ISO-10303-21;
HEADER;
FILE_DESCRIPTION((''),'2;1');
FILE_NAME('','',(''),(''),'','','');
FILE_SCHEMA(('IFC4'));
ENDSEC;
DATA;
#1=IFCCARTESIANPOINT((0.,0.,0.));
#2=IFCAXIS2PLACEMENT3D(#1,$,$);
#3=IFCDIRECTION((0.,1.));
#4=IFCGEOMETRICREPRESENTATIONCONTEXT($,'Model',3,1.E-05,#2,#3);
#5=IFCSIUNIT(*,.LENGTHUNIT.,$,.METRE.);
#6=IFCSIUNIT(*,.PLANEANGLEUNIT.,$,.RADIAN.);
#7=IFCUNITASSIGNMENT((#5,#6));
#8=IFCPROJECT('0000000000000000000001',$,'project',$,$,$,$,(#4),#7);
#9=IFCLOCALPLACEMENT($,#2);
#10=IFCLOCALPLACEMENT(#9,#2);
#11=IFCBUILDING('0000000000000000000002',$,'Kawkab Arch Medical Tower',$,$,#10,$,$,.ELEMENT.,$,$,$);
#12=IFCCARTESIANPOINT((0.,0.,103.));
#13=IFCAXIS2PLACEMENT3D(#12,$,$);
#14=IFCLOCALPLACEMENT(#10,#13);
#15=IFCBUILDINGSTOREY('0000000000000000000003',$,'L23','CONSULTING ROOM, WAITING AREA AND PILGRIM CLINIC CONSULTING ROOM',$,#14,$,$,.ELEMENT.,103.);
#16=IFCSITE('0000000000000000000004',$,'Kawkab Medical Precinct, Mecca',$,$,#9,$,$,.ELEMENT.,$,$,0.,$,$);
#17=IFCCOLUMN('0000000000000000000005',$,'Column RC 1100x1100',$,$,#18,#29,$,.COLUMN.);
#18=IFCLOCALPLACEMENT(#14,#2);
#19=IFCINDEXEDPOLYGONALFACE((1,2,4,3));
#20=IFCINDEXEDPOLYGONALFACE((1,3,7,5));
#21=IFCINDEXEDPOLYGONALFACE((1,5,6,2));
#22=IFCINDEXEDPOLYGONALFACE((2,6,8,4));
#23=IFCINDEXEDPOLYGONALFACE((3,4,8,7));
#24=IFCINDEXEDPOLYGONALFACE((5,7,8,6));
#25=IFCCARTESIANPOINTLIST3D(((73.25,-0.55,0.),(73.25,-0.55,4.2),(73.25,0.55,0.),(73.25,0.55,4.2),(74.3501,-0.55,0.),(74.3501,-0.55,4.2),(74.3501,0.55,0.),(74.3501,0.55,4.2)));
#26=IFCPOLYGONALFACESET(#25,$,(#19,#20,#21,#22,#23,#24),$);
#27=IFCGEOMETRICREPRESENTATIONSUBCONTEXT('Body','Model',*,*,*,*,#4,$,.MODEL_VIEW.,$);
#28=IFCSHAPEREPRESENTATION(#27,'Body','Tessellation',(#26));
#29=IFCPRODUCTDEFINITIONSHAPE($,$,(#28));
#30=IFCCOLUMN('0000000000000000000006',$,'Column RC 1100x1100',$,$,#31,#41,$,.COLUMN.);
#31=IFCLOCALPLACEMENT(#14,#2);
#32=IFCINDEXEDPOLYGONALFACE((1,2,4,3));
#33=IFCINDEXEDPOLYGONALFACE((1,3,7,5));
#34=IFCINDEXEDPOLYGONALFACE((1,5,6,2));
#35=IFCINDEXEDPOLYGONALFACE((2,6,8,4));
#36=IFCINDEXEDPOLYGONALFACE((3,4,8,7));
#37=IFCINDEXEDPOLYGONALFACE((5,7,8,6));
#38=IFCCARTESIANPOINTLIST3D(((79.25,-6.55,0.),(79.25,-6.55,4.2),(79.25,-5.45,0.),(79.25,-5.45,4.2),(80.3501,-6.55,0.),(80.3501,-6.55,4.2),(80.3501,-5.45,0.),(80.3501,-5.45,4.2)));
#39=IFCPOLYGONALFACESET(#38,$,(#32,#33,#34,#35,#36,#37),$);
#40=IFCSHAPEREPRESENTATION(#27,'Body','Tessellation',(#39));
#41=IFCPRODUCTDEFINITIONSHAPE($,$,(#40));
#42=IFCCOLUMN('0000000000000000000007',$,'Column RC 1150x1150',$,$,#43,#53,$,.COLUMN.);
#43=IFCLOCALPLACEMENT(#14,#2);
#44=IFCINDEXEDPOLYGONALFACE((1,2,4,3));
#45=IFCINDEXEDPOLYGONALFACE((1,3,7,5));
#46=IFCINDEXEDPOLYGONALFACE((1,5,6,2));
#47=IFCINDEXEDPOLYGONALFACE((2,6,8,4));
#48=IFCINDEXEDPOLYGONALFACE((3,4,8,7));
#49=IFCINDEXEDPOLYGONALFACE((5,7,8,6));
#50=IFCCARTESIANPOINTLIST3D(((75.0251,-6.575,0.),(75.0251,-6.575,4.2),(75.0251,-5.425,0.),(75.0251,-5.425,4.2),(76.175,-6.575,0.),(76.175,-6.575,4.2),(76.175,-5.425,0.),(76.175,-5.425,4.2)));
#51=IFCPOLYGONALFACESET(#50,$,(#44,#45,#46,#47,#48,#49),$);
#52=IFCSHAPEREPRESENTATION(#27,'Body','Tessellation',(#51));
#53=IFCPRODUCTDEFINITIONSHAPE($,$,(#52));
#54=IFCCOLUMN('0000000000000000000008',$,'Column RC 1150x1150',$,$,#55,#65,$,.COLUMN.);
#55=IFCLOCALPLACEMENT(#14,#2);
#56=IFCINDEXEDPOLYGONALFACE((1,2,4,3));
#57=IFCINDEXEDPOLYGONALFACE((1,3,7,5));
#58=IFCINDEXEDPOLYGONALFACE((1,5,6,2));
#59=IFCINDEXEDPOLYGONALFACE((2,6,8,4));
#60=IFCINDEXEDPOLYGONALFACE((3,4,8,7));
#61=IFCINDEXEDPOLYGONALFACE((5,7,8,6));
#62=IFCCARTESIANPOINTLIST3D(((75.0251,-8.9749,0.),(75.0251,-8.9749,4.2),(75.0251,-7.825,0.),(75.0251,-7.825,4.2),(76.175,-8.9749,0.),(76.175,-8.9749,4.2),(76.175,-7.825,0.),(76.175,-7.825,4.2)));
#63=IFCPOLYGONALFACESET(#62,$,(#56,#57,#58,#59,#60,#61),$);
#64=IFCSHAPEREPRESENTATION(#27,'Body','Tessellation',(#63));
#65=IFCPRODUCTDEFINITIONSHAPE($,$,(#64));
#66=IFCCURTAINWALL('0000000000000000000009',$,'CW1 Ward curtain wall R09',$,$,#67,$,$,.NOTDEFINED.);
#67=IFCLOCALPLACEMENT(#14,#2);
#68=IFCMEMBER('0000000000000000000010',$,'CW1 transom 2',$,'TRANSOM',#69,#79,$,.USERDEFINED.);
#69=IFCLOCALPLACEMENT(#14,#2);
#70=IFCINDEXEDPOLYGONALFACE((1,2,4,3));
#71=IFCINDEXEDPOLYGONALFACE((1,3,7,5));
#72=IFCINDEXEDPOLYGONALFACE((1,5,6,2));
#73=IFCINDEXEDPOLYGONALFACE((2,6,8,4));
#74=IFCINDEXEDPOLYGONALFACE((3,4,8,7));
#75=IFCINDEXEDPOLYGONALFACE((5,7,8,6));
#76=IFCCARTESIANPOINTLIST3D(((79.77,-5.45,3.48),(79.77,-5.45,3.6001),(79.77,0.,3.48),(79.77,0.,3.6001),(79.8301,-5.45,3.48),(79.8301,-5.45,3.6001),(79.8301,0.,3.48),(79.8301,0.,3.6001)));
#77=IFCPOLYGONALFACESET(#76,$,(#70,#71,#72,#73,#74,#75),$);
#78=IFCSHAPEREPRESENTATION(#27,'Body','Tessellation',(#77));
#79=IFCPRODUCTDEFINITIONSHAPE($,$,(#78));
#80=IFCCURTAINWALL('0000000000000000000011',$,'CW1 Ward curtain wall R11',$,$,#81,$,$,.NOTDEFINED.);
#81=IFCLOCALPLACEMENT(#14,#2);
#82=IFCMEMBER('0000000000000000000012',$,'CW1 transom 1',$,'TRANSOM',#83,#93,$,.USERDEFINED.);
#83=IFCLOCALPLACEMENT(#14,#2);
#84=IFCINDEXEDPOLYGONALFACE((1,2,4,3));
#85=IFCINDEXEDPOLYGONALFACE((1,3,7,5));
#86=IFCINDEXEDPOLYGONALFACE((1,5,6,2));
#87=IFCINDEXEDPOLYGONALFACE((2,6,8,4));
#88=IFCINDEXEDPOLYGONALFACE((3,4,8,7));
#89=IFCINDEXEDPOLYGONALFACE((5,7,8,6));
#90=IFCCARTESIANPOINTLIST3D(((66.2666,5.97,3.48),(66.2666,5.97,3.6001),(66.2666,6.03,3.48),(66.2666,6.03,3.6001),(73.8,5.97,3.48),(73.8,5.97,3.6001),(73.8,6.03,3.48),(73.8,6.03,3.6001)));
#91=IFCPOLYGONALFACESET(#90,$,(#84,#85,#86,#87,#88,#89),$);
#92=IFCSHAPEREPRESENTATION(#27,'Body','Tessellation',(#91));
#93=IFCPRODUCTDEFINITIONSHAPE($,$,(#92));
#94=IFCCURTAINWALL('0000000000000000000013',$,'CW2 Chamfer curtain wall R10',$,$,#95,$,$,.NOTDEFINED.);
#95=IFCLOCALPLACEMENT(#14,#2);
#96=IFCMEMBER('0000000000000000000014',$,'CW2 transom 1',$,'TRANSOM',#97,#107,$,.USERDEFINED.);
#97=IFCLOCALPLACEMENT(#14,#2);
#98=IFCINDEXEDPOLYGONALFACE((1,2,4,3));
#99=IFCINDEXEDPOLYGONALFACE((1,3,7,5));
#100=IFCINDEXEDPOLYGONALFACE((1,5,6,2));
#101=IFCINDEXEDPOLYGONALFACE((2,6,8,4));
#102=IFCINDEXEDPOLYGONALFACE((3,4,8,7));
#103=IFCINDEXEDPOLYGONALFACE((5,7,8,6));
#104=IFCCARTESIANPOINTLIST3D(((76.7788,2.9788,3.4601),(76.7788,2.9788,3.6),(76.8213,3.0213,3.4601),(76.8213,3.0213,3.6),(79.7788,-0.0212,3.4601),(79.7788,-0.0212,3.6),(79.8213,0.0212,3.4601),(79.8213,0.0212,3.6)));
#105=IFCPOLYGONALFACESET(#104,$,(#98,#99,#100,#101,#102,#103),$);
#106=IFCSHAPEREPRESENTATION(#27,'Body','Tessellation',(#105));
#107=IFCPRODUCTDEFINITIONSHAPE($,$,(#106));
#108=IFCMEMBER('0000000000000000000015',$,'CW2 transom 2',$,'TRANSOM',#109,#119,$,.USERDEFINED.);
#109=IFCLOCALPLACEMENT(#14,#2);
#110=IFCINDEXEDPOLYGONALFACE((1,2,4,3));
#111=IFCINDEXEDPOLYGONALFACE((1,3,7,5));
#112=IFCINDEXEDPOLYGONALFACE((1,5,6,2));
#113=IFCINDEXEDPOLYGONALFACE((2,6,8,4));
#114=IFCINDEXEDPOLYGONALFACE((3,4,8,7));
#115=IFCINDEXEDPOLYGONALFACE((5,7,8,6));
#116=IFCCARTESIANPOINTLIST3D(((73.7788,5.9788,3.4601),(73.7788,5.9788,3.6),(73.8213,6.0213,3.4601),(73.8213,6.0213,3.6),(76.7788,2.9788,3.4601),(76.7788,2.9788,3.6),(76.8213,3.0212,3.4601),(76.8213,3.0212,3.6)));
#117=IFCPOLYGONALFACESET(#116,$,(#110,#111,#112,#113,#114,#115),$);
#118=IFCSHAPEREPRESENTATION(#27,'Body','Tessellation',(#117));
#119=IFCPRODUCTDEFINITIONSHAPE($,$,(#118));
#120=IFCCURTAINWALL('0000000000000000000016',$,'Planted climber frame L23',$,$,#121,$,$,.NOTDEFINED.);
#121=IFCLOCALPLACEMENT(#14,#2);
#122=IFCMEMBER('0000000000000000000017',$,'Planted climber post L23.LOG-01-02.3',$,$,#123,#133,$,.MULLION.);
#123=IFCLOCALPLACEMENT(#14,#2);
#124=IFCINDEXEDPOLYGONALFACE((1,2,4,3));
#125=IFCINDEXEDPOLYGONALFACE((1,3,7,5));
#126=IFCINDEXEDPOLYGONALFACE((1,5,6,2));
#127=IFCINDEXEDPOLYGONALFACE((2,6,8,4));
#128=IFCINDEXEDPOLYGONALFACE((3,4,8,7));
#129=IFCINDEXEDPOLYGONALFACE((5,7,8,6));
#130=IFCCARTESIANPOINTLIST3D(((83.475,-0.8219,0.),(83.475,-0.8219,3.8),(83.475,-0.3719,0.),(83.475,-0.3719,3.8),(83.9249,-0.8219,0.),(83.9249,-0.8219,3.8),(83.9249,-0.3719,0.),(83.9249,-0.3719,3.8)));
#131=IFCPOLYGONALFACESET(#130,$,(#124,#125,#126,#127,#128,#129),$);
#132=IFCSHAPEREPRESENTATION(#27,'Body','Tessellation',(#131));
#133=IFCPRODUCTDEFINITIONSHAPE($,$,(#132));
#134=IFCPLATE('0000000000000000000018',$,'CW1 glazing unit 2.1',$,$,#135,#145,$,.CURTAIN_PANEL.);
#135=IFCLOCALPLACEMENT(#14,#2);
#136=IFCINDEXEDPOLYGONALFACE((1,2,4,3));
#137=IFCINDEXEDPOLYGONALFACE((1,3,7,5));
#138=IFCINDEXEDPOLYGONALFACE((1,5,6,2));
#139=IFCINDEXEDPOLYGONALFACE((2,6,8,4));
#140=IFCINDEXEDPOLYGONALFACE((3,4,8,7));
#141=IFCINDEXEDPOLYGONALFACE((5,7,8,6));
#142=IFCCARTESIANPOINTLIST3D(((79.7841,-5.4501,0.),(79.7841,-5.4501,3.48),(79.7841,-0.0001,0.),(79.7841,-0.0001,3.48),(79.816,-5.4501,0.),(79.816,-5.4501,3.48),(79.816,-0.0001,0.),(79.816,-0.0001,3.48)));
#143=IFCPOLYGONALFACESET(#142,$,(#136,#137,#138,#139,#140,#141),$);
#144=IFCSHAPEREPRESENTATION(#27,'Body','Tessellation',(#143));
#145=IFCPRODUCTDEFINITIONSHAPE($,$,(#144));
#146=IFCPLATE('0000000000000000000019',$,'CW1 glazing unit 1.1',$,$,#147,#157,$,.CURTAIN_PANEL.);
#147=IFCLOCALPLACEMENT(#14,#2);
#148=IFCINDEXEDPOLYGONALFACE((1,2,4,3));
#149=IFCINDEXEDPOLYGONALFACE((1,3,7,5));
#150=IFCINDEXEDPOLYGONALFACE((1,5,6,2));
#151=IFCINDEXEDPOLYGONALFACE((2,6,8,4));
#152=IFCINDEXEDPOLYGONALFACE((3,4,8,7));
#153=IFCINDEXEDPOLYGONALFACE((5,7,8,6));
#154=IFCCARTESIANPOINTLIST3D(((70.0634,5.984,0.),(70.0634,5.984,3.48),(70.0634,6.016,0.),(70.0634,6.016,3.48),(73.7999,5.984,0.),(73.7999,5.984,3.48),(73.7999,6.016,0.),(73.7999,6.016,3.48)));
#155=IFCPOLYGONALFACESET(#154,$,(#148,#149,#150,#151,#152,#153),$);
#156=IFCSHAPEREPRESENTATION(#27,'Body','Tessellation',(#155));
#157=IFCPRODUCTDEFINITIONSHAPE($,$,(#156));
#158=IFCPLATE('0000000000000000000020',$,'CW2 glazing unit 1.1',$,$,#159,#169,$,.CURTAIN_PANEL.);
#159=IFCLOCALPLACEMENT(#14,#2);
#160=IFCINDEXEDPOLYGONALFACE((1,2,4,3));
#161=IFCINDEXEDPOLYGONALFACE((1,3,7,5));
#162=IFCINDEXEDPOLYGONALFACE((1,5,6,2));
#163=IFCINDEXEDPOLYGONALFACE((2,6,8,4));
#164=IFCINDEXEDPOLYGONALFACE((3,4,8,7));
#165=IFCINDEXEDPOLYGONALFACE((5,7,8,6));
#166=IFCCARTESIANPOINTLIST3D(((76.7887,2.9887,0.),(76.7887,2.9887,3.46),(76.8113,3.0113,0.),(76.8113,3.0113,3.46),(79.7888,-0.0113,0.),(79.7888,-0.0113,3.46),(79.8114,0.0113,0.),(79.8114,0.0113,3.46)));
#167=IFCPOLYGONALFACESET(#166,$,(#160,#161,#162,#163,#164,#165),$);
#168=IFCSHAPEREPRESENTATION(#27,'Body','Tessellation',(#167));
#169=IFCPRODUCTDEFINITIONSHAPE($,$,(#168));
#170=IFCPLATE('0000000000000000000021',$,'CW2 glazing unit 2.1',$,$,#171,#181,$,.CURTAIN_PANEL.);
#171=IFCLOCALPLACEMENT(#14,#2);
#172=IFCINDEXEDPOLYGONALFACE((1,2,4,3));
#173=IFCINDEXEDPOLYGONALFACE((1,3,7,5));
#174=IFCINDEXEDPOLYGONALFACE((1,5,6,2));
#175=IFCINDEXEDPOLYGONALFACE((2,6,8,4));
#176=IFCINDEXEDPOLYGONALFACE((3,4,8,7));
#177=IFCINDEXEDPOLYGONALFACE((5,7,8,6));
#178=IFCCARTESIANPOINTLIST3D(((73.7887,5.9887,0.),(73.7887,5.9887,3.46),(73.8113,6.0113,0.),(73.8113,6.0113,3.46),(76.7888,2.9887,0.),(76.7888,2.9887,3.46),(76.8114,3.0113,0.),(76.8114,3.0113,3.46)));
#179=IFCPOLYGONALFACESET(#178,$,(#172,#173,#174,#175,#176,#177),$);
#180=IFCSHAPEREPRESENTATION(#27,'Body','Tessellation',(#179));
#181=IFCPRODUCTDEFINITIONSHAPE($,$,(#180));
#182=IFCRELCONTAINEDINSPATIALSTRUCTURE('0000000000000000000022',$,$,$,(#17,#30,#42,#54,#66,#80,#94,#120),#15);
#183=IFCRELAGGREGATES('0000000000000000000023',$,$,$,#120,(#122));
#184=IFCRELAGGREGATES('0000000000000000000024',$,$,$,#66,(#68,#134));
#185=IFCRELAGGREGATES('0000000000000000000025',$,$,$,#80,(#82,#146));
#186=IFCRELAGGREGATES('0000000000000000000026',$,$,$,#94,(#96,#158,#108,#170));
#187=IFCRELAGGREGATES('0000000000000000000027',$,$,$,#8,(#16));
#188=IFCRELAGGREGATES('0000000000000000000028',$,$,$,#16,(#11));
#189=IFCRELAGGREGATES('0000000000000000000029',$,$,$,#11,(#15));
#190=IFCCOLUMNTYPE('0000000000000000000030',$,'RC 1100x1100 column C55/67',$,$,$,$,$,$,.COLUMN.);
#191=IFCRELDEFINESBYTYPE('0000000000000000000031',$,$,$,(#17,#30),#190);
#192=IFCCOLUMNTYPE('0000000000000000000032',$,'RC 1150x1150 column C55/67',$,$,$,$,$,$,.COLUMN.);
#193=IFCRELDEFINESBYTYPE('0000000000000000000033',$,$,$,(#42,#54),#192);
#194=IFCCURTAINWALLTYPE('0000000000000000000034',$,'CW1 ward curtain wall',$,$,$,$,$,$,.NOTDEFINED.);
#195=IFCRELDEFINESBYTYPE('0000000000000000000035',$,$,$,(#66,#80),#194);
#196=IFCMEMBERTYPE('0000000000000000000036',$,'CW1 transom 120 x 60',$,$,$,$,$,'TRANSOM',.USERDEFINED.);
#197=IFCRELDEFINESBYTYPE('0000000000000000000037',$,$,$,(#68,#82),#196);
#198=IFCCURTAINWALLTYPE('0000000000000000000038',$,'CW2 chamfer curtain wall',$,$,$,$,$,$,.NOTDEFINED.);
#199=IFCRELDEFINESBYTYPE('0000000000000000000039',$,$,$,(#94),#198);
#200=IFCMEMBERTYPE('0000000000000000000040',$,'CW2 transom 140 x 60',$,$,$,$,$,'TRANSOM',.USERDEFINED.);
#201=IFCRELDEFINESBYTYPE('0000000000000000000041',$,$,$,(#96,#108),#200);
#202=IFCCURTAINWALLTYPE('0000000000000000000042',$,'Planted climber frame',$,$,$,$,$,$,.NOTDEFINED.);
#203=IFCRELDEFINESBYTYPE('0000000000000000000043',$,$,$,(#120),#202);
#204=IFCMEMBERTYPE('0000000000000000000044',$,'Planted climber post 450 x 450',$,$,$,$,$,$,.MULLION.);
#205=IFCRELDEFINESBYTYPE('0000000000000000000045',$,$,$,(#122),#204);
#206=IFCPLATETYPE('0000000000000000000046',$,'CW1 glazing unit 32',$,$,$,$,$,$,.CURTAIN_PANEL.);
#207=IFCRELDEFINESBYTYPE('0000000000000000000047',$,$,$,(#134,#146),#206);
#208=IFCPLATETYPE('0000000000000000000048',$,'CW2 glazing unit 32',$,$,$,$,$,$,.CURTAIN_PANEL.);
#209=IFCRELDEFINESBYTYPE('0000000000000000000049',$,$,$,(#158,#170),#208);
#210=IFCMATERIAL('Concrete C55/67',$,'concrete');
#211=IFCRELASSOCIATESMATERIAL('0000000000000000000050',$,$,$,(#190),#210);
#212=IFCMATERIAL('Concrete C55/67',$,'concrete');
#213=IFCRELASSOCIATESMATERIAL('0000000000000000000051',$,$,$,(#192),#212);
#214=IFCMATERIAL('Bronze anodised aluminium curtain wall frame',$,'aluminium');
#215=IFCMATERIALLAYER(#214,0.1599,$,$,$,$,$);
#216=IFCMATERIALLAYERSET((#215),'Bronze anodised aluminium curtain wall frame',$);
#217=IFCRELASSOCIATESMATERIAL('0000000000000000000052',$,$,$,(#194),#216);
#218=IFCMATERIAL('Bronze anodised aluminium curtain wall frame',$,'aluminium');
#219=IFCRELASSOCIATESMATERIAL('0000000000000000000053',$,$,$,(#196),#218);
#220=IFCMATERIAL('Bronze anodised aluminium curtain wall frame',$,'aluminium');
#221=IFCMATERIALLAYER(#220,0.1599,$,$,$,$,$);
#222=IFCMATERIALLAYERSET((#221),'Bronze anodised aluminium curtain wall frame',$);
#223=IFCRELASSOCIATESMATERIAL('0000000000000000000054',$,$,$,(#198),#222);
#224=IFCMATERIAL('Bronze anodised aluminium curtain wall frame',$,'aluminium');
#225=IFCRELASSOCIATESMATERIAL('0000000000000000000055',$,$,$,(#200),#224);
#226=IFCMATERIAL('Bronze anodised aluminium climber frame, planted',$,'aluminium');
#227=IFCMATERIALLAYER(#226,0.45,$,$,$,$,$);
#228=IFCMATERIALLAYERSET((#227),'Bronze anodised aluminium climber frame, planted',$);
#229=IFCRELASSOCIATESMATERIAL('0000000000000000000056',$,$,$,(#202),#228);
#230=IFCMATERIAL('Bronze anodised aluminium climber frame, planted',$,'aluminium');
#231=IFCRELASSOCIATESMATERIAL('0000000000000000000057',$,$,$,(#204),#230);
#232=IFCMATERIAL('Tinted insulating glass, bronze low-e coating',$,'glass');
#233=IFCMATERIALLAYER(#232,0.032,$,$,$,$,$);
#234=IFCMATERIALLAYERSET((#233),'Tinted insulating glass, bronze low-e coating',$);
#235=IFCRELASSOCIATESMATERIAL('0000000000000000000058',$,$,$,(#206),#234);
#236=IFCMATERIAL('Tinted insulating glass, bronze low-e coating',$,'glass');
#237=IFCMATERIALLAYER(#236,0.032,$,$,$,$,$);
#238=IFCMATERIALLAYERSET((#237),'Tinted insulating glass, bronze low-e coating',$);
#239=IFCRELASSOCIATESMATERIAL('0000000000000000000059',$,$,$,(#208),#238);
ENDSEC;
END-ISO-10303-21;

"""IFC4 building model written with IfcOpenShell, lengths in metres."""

from ifc_helpers import new_model, si_unit, direction, frame, origin, origin_2d, place, context, subcontext, project, spatial, rectangle, extrude, material, layer, layer_set, material_profile, profile_set, type_object, element, aggregate, save


model = new_model("IFC4")

# Units and contexts
model_context = context("Model", 3, precision=1e-05, world=origin(), true_north=direction((0.0, 1.0)))
body_context = subcontext(model_context, "Body", "Model", "MODEL_VIEW")
ifc_project = project(units=[si_unit("LENGTHUNIT", "METRE"), si_unit("PLANEANGLEUNIT", "RADIAN")], contexts=[model_context])

# Site, building, storey
site_placement = place(None, origin())
site = spatial("IfcSite", under=ifc_project, at=site_placement, Name="Kawkab Medical Precinct, Mecca", CompositionType="ELEMENT", RefElevation=0.0)
building_placement = place(site_placement, origin())
building = spatial("IfcBuilding", under=site, at=building_placement, Name="Kawkab Arch Medical Tower", CompositionType="ELEMENT")
storey_placement = place(building_placement, frame((0.0, 0.0, 103.0)))
storey = spatial("IfcBuildingStorey", under=building, at=storey_placement, Name="L23", Description="CONSULTING ROOM, WAITING AREA AND PILGRIM CLINIC CONSULTING ROOM", CompositionType="ELEMENT", Elevation=103.0)

# Columns
ifc_material_1 = material(Name="Concrete C55/67", Category="concrete")
ifc_material_profile_1 = material_profile(ifc_material_1, rectangle(XDim=1.1001, YDim=1.1001, at=origin_2d()), Name="RC 1100x1100")
ifc_profile_set_1 = profile_set([ifc_material_profile_1], Name="Concrete C55/67")
column_type_1 = type_object("IfcColumnType", Name="RC 1100x1100 column C55/67", PredefinedType="COLUMN", material=ifc_profile_set_1)
for number, where, z_axis, x_axis, name in (
    (1, (73.8, 0.0, 0.0), (0.0, 0.0, 1.0), (1.0, 0.0, 0.0), "Column RC 1100x1100"),
    (2, (79.8, -6.0, 0.0), (0.0, 0.0, 1.0), (1.0, 0.0, 0.0), "Column RC 1100x1100"),
):
    element("IfcColumn", number, at=place(storey_placement, frame(where, z_axis=z_axis, x_axis=x_axis)), inside=storey, type_object=column_type_1, Name=name, PredefinedType="COLUMN", context=body_context, shape_type="SweptSolid", body=[
        extrude(rectangle(XDim=1.1001, YDim=1.1001, at=origin_2d()), origin(), (0.0, 0.0, 1.0), 4.2),
    ])
ifc_material_2 = material(Name="Concrete C55/67", Category="concrete")
ifc_material_profile_2 = material_profile(ifc_material_2, rectangle(XDim=1.1499, YDim=1.1499, at=origin_2d()), Name="RC 1150x1150")
ifc_profile_set_2 = profile_set([ifc_material_profile_2], Name="Concrete C55/67")
column_type_2 = type_object("IfcColumnType", Name="RC 1150x1150 column C55/67", PredefinedType="COLUMN", material=ifc_profile_set_2)
for number, where, z_axis, x_axis, name in (
    (3, (75.6001, -6.0, 0.0), (0.0, 0.0, 1.0), (1.0, 0.0, 0.0), "Column RC 1150x1150"),
    (4, (75.6001, -8.3999, 0.0), (0.0, 0.0, 1.0), (1.0, 0.0, 0.0), "Column RC 1150x1150"),
):
    element("IfcColumn", number, at=place(storey_placement, frame(where, z_axis=z_axis, x_axis=x_axis)), inside=storey, type_object=column_type_2, Name=name, PredefinedType="COLUMN", context=body_context, shape_type="SweptSolid", body=[
        extrude(rectangle(XDim=1.1499, YDim=1.1499, at=origin_2d()), origin(), (0.0, 0.0, 1.0), 4.2),
    ])

# Curtain walls, members
ifc_material_3 = material(Name="Bronze anodised aluminium curtain wall frame", Category="aluminium")
ifc_layer_1 = layer(ifc_material_3, 0.1599)
ifc_layer_set_1 = layer_set([ifc_layer_1], Name="Bronze anodised aluminium curtain wall frame")
curtain_wall_type_1 = type_object("IfcCurtainWallType", Name="CW1 ward curtain wall", PredefinedType="NOTDEFINED", material=ifc_layer_set_1)
placement = place(storey_placement, origin())
curtain_wall_1 = element("IfcCurtainWall", 5, at=placement, inside=storey, type_object=curtain_wall_type_1, Name="CW1 Ward curtain wall R09", PredefinedType="NOTDEFINED")
ifc_material_4 = material(Name="Bronze anodised aluminium curtain wall frame", Category="aluminium")
ifc_material_profile_3 = material_profile(ifc_material_4, rectangle(XDim=0.0601, YDim=0.1201, at=origin_2d()), Name="AL 60x120")
ifc_profile_set_3 = profile_set([ifc_material_profile_3], Name="Bronze anodised aluminium curtain wall frame")
member_type_1 = type_object("IfcMemberType", Name="CW1 transom 120 x 60", ElementType="TRANSOM", PredefinedType="USERDEFINED", material=ifc_profile_set_3)
member_1_placement = place(storey_placement, frame((79.8, -5.45, 3.54), z_axis=(0.0, 1.0, 0.0), x_axis=(-1.0, 0.0, 0.0)))
member_1 = element("IfcMember", 6, at=member_1_placement, type_object=member_type_1, Name="CW1 transom 2", ObjectType="TRANSOM", PredefinedType="USERDEFINED", context=body_context, shape_type="SweptSolid", body=[
    extrude(rectangle(XDim=0.0601, YDim=0.1201, at=origin_2d()), origin(), (0.0, 0.0, 1.0), 5.45),
])
curtain_wall_2 = element("IfcCurtainWall", 7, at=placement, inside=storey, type_object=curtain_wall_type_1, Name="CW1 Ward curtain wall R11", PredefinedType="NOTDEFINED")
member_2_placement = place(storey_placement, frame((73.8, 6.0, 3.54), z_axis=(-1.0, 0.0, 0.0), x_axis=(0.0, -1.0, 0.0)))
member_2 = element("IfcMember", 8, at=member_2_placement, type_object=member_type_1, Name="CW1 transom 1", ObjectType="TRANSOM", PredefinedType="USERDEFINED", context=body_context, shape_type="SweptSolid", body=[
    extrude(rectangle(XDim=0.0601, YDim=0.1201, at=origin_2d()), origin(), (0.0, 0.0, 1.0), 7.5334),
])

# Curtain wall, members
ifc_material_5 = material(Name="Bronze anodised aluminium curtain wall frame", Category="aluminium")
ifc_layer_2 = layer(ifc_material_5, 0.1599)
ifc_layer_set_2 = layer_set([ifc_layer_2], Name="Bronze anodised aluminium curtain wall frame")
curtain_wall_type_2 = type_object("IfcCurtainWallType", Name="CW2 chamfer curtain wall", PredefinedType="NOTDEFINED", material=ifc_layer_set_2)
curtain_wall_3 = element("IfcCurtainWall", 9, at=placement, inside=storey, type_object=curtain_wall_type_2, Name="CW2 Chamfer curtain wall R10", PredefinedType="NOTDEFINED")
ifc_material_6 = material(Name="Bronze anodised aluminium curtain wall frame", Category="aluminium")
ifc_material_profile_4 = material_profile(ifc_material_6, rectangle(XDim=0.0601, YDim=0.1399, at=origin_2d()), Name="AL 60x140")
ifc_profile_set_4 = profile_set([ifc_material_profile_4], Name="Bronze anodised aluminium curtain wall frame")
member_type_2 = type_object("IfcMemberType", Name="CW2 transom 140 x 60", ElementType="TRANSOM", PredefinedType="USERDEFINED", material=ifc_profile_set_4)
member_3_placement = place(storey_placement, frame((79.8, 0.0, 3.53), z_axis=(-0.707107, 0.707107, 0.0), x_axis=(-0.707107, -0.707107, 0.0)))
member_3 = element("IfcMember", 10, at=member_3_placement, type_object=member_type_2, Name="CW2 transom 1", ObjectType="TRANSOM", PredefinedType="USERDEFINED", context=body_context, shape_type="SweptSolid", body=[
    extrude(rectangle(XDim=0.0601, YDim=0.1399, at=origin_2d()), origin(), (0.0, 0.0, 1.0), 4.2427),
])
member_4_placement = place(storey_placement, frame((76.8, 3.0, 3.53), z_axis=(-0.707107, 0.707107, 0.0), x_axis=(-0.707107, -0.707107, 0.0)))
member_4 = element("IfcMember", 11, at=member_4_placement, type_object=member_type_2, Name="CW2 transom 2", ObjectType="TRANSOM", PredefinedType="USERDEFINED", context=body_context, shape_type="SweptSolid", body=[
    extrude(rectangle(XDim=0.0601, YDim=0.1399, at=origin_2d()), origin(), (0.0, 0.0, 1.0), 4.2427),
])

# Curtain wall, member
ifc_material_7 = material(Name="Bronze anodised aluminium climber frame, planted", Category="aluminium")
ifc_layer_3 = layer(ifc_material_7, 0.45)
ifc_layer_set_3 = layer_set([ifc_layer_3], Name="Bronze anodised aluminium climber frame, planted")
curtain_wall_type_3 = type_object("IfcCurtainWallType", Name="Planted climber frame", PredefinedType="NOTDEFINED", material=ifc_layer_set_3)
curtain_wall_4 = element("IfcCurtainWall", 12, at=placement, inside=storey, type_object=curtain_wall_type_3, Name="Planted climber frame L23", PredefinedType="NOTDEFINED")
ifc_material_8 = material(Name="Bronze anodised aluminium climber frame, planted", Category="aluminium")
ifc_material_profile_5 = material_profile(ifc_material_8, rectangle(XDim=0.45, YDim=0.45, at=origin_2d()), Name="Post 450x450")
ifc_profile_set_5 = profile_set([ifc_material_profile_5], Name="Bronze anodised aluminium climber frame, planted")
member_type_3 = type_object("IfcMemberType", Name="Planted climber post 450 x 450", PredefinedType="MULLION", material=ifc_profile_set_5)
member_5_placement = place(storey_placement, frame((83.7, -0.5969, 0.0), z_axis=(0.0, 0.0, 1.0), x_axis=(1.0, 0.0, 0.0)))
member_5 = element("IfcMember", 13, at=member_5_placement, type_object=member_type_3, Name="Planted climber post L23.LOG-01-02.3", PredefinedType="MULLION", context=body_context, shape_type="SweptSolid", body=[
    extrude(rectangle(XDim=0.45, YDim=0.45, at=origin_2d()), origin(), (0.0, 0.0, 1.0), 3.8),
])
aggregate(curtain_wall_4, [member_5])

# Plates
ifc_material_9 = material(Name="Tinted insulating glass, bronze low-e coating", Category="glass")
ifc_layer_4 = layer(ifc_material_9, 0.032)
ifc_layer_set_4 = layer_set([ifc_layer_4], Name="Tinted insulating glass, bronze low-e coating")
plate_type_1 = type_object("IfcPlateType", Name="CW1 glazing unit 32", PredefinedType="CURTAIN_PANEL", material=ifc_layer_set_4)
plate_1_placement = place(storey_placement, frame((79.8, -2.7251, 0.0), z_axis=(0.0, 0.0, 1.0), x_axis=(0.0, 1.0, 0.0)))
plate_1 = element("IfcPlate", 14, at=plate_1_placement, type_object=plate_type_1, Name="CW1 glazing unit 2.1", PredefinedType="CURTAIN_PANEL", context=body_context, shape_type="SweptSolid", body=[
    extrude(rectangle(XDim=5.45, YDim=0.032, at=origin_2d()), origin(), (0.0, 0.0, 1.0), 3.48),
])
aggregate(curtain_wall_1, [member_1, plate_1])
plate_2_placement = place(storey_placement, frame((71.9316, 6.0, 0.0), z_axis=(0.0, 0.0, 1.0), x_axis=(-1.0, 0.0, 0.0)))
plate_2 = element("IfcPlate", 15, at=plate_2_placement, type_object=plate_type_1, Name="CW1 glazing unit 1.1", PredefinedType="CURTAIN_PANEL", context=body_context, shape_type="SweptSolid", body=[
    extrude(rectangle(XDim=3.7366, YDim=0.032, at=origin_2d()), origin(), (0.0, 0.0, 1.0), 3.48),
])
aggregate(curtain_wall_2, [member_2, plate_2])
ifc_material_10 = material(Name="Tinted insulating glass, bronze low-e coating", Category="glass")
ifc_layer_5 = layer(ifc_material_10, 0.032)
ifc_layer_set_5 = layer_set([ifc_layer_5], Name="Tinted insulating glass, bronze low-e coating")
plate_type_2 = type_object("IfcPlateType", Name="CW2 glazing unit 32", PredefinedType="CURTAIN_PANEL", material=ifc_layer_set_5)
plate_3_placement = place(storey_placement, frame((78.3, 1.5, 0.0), z_axis=(0.0, 0.0, 1.0), x_axis=(-0.707107, 0.707107, 0.0)))
plate_3 = element("IfcPlate", 16, at=plate_3_placement, type_object=plate_type_2, Name="CW2 glazing unit 1.1", PredefinedType="CURTAIN_PANEL", context=body_context, shape_type="SweptSolid", body=[
    extrude(rectangle(XDim=4.2427, YDim=0.032, at=origin_2d()), origin(), (0.0, 0.0, 1.0), 3.46),
])
plate_4_placement = place(storey_placement, frame((75.3, 4.5, 0.0), z_axis=(0.0, 0.0, 1.0), x_axis=(-0.707107, 0.707107, 0.0)))
plate_4 = element("IfcPlate", 17, at=plate_4_placement, type_object=plate_type_2, Name="CW2 glazing unit 2.1", PredefinedType="CURTAIN_PANEL", context=body_context, shape_type="SweptSolid", body=[
    extrude(rectangle(XDim=4.2427, YDim=0.032, at=origin_2d()), origin(), (0.0, 0.0, 1.0), 3.46),
])
aggregate(curtain_wall_3, [member_3, plate_3, member_4, plate_4])

save(model, "model.ifc")
